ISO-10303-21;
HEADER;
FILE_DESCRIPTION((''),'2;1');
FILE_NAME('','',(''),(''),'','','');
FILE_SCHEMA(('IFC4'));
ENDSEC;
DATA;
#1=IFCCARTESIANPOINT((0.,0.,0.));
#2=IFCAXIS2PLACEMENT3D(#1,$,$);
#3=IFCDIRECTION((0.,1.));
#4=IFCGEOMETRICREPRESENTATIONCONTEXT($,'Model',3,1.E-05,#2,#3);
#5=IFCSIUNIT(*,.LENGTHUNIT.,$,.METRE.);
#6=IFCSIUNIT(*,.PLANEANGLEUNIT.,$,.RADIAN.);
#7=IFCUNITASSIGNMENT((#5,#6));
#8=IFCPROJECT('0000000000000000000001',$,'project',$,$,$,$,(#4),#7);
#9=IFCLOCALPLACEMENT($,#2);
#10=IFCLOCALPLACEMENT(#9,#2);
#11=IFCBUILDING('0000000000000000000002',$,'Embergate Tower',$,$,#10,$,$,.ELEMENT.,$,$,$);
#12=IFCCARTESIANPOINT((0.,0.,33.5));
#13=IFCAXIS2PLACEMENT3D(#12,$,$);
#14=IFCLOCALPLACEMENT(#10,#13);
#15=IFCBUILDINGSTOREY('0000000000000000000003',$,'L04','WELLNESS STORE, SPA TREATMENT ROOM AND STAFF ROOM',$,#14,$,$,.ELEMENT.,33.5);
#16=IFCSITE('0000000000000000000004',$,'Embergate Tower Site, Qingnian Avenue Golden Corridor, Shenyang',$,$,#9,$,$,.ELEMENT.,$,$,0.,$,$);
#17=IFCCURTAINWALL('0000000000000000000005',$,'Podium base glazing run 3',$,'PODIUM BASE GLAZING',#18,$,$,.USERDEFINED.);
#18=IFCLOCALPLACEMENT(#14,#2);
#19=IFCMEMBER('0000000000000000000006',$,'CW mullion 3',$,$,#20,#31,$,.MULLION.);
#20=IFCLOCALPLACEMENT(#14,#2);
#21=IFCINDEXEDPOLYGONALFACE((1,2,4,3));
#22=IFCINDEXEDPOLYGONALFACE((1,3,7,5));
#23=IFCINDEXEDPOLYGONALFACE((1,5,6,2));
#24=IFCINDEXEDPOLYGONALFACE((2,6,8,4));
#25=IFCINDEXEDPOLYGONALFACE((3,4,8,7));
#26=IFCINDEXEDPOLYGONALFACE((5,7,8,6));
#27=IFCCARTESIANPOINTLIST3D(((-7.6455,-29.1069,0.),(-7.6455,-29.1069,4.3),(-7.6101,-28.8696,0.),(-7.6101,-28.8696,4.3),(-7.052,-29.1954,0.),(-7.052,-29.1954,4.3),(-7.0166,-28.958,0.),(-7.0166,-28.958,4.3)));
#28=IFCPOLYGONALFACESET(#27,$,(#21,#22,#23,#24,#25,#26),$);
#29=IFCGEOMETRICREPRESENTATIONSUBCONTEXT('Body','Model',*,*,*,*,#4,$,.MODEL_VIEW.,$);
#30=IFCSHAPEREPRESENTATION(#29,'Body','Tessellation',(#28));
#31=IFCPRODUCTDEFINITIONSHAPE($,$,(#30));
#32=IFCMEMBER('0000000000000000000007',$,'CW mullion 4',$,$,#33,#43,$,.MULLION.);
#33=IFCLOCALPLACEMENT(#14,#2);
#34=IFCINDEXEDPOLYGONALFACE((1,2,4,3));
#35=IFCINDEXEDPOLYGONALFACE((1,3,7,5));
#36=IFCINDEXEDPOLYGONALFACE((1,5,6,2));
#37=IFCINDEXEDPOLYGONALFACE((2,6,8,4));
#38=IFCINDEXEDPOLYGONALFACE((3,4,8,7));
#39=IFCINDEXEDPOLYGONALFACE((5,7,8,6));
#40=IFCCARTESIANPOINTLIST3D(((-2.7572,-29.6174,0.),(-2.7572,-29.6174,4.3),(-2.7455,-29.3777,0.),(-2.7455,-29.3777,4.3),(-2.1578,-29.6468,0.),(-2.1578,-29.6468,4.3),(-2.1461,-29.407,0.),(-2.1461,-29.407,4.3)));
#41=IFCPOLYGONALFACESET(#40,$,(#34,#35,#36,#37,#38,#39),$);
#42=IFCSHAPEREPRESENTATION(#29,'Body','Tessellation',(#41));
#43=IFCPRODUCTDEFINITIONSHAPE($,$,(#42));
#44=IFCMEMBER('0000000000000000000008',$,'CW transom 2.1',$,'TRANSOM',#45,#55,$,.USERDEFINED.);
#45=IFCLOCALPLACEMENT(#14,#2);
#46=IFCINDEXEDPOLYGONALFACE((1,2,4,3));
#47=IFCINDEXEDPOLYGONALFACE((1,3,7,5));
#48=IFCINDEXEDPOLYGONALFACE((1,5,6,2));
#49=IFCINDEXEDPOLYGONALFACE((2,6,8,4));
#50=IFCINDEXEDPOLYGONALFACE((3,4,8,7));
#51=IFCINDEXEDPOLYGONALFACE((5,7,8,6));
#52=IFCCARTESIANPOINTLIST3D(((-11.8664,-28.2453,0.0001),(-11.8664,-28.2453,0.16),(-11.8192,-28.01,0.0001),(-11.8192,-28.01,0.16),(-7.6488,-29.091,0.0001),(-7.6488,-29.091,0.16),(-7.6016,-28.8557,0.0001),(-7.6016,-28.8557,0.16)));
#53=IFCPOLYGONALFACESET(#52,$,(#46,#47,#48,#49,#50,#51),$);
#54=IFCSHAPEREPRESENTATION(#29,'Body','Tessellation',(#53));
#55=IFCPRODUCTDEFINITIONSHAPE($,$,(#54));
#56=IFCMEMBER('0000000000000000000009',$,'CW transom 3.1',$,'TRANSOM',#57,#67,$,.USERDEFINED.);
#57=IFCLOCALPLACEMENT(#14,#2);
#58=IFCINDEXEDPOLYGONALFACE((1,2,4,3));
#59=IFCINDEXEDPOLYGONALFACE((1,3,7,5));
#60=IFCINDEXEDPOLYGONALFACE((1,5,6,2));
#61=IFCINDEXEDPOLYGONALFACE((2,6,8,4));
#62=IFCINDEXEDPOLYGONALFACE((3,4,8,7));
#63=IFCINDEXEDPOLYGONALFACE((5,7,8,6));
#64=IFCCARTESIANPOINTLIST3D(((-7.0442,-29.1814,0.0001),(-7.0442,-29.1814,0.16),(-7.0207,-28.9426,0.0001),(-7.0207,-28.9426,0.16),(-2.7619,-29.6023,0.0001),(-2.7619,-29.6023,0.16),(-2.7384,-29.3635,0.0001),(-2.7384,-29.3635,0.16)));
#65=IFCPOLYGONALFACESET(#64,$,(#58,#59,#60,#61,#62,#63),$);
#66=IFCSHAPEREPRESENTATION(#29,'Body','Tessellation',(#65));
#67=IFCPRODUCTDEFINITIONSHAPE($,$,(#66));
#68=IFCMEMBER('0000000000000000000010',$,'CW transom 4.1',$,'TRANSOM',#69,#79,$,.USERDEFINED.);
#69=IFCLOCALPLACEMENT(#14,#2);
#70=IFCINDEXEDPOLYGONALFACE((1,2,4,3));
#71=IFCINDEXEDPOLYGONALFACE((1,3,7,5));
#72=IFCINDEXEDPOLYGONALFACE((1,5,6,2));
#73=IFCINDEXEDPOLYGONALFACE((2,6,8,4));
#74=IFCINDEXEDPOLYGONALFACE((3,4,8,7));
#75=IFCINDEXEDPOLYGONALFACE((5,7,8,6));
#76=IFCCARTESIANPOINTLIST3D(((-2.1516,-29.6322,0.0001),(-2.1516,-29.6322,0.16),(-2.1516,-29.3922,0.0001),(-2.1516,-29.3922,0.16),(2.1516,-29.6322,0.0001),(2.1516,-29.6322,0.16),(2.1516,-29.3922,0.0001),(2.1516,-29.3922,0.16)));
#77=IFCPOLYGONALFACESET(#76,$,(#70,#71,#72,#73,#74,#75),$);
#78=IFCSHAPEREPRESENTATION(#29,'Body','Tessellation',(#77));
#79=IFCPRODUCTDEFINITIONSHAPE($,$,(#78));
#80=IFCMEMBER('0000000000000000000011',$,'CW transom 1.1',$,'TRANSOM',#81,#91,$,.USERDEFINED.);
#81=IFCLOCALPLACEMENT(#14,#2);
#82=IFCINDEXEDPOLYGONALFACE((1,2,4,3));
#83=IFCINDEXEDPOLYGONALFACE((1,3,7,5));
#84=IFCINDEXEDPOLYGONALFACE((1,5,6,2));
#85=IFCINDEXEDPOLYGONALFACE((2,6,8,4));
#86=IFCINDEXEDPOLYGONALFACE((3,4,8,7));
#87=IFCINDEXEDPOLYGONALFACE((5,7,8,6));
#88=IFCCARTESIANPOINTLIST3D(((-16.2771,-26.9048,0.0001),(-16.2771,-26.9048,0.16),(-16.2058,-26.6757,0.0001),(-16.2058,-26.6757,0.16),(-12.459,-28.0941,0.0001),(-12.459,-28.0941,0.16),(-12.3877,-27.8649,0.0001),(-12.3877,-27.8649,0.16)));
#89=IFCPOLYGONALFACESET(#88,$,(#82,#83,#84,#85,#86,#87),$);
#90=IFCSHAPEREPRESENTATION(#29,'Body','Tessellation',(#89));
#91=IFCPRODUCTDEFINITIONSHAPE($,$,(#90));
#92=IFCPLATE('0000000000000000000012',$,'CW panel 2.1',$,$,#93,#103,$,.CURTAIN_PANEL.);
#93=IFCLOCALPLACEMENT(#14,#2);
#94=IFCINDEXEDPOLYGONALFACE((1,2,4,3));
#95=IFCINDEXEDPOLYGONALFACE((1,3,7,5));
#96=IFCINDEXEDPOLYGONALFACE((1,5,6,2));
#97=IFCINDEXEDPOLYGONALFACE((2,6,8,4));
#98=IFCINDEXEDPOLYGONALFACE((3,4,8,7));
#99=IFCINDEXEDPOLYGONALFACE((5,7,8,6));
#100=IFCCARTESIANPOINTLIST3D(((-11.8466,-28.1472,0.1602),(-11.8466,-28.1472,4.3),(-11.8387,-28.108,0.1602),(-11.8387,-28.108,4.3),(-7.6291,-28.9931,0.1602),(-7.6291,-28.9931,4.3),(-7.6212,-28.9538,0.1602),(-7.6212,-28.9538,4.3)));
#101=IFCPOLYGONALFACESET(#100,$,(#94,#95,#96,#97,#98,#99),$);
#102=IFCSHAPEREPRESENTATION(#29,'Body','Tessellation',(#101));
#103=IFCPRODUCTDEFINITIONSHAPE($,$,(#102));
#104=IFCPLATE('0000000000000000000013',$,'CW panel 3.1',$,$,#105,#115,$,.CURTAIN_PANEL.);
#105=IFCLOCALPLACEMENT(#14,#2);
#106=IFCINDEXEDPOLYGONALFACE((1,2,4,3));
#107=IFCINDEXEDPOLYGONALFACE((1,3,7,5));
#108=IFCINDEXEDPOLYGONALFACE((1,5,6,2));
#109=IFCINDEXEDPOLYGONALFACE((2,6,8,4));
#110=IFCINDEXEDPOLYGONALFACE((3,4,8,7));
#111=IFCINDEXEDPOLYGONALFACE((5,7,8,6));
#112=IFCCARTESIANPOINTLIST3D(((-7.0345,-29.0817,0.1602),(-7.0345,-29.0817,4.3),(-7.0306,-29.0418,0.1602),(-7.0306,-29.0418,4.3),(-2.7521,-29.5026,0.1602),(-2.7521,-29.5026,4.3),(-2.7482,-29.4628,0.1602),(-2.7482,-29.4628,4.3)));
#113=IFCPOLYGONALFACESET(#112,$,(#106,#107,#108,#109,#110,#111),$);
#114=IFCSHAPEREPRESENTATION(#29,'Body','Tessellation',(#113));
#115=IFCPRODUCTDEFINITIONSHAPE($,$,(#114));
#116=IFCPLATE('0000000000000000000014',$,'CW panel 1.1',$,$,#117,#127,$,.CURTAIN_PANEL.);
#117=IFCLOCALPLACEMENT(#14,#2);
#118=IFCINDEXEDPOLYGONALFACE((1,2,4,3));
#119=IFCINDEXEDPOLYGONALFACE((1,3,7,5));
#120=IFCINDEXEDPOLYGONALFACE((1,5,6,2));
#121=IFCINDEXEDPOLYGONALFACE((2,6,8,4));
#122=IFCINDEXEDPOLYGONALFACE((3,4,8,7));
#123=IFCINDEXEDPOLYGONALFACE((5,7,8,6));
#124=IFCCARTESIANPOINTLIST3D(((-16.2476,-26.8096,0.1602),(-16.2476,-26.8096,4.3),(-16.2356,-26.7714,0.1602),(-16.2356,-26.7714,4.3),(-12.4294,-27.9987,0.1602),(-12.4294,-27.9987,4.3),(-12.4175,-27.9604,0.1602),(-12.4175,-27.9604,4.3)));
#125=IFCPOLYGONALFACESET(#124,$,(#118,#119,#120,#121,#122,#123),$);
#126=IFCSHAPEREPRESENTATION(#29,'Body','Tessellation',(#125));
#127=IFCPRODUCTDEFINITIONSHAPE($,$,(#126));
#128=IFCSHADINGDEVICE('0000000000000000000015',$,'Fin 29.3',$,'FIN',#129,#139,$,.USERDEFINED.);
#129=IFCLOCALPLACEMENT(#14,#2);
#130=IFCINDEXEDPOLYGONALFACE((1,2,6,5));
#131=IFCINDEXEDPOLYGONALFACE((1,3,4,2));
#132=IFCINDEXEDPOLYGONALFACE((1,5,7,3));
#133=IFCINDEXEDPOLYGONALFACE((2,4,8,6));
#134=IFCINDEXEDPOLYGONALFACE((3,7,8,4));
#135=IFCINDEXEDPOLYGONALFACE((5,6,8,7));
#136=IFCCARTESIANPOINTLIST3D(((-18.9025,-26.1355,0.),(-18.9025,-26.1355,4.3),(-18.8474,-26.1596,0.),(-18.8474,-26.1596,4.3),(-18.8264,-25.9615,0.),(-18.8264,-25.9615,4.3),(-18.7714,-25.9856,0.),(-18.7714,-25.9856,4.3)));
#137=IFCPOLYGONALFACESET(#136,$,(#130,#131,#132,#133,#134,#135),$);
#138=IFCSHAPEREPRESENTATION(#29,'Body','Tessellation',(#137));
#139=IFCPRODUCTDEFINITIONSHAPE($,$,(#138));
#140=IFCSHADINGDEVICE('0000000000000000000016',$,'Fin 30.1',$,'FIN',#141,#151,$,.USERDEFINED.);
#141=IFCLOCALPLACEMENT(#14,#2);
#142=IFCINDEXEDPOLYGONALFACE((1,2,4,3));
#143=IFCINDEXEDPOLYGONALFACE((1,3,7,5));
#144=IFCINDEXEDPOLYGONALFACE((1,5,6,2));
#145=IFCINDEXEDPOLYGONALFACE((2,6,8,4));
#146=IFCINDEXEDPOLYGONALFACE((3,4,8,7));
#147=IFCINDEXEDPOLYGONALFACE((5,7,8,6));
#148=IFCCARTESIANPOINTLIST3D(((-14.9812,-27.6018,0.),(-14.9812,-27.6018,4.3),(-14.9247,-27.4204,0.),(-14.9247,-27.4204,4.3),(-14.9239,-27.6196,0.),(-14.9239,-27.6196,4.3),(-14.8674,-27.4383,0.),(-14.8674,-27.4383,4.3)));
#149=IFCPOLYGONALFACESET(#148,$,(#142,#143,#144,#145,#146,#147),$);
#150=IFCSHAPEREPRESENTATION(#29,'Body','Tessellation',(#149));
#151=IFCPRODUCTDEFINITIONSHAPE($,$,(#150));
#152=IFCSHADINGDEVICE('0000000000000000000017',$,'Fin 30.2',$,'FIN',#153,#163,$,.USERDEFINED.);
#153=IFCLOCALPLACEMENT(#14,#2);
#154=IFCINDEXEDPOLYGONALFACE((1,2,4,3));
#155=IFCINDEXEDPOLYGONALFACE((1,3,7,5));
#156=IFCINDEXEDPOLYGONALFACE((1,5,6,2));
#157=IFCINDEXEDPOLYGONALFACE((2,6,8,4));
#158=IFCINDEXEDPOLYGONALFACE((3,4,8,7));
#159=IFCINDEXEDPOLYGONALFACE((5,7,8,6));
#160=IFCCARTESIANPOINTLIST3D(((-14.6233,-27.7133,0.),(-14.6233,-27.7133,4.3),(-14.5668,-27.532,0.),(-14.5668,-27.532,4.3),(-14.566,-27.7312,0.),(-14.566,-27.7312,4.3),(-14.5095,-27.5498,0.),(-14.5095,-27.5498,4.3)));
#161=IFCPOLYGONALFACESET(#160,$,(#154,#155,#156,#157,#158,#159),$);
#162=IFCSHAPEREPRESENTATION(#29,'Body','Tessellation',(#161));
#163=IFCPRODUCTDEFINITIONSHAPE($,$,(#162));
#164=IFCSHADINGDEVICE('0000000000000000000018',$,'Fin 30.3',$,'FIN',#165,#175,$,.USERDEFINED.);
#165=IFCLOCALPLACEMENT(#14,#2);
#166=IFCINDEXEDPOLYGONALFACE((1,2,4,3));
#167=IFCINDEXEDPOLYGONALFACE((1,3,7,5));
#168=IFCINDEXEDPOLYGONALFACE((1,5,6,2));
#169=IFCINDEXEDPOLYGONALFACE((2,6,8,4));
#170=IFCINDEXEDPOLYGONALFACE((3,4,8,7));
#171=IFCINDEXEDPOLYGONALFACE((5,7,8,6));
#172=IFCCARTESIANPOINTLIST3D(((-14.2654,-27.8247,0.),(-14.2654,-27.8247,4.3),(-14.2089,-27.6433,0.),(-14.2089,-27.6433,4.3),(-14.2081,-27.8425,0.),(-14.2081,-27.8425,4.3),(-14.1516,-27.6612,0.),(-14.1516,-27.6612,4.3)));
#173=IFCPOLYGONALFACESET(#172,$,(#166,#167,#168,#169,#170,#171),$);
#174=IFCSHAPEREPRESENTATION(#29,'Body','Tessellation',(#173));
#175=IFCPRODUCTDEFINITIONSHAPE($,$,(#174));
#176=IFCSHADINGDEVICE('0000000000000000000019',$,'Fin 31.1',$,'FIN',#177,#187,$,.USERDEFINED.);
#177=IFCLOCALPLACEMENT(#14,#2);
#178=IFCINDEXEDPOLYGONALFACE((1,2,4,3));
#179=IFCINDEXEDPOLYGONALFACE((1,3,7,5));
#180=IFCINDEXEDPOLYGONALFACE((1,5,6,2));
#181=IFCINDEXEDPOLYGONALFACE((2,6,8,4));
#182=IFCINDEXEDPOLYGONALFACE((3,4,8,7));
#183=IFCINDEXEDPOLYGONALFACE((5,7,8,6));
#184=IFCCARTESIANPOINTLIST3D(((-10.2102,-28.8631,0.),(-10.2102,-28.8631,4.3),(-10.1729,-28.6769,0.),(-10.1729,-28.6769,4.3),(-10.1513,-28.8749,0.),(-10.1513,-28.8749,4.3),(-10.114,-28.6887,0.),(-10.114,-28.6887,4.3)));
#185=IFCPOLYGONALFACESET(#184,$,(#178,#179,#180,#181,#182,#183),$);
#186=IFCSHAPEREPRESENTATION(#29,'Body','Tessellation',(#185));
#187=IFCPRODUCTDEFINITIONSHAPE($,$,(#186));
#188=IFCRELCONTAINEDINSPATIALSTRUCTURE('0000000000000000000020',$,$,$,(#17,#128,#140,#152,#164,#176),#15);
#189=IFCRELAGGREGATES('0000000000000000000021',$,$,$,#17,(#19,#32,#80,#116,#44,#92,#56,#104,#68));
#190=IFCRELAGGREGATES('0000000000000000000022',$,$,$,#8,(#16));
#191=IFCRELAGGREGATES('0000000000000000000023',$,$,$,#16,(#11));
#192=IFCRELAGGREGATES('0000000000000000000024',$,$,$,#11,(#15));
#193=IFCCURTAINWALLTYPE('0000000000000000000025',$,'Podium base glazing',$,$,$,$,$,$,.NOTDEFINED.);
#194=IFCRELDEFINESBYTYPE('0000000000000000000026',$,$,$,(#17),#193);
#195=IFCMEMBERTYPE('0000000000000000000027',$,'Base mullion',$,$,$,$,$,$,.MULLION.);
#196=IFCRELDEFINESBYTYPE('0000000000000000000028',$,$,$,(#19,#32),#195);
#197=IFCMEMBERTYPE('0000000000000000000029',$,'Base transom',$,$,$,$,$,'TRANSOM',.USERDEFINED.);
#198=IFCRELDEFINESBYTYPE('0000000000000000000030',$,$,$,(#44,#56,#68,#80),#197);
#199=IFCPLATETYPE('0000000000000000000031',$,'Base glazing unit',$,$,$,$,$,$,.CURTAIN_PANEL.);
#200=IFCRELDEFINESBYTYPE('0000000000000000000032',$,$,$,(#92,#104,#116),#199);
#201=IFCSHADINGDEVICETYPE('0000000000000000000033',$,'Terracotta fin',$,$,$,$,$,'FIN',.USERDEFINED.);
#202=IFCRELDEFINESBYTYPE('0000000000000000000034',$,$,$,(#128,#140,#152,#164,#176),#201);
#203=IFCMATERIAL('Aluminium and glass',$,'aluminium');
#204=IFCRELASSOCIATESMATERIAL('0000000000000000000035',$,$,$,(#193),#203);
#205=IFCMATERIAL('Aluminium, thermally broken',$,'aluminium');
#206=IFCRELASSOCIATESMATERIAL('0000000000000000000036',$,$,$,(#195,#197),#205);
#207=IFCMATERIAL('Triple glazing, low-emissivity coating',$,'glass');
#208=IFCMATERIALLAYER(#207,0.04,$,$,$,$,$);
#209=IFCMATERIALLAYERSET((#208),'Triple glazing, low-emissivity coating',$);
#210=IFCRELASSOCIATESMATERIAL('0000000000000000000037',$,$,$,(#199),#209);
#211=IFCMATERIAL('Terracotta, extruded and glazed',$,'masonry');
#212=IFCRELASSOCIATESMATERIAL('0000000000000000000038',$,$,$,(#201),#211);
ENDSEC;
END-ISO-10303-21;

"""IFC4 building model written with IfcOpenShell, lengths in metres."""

from ifc_helpers import new_model, si_unit, direction, frame, origin, origin_2d, place, context, subcontext, project, spatial, rectangle, extrude, source, transform, mapped, material, layer, layer_set, material_profile, profile_set, type_object, element, aggregate, save


model = new_model("IFC4")

# Units and contexts
model_context = context("Model", 3, precision=1e-05, world=origin(), true_north=direction((0.0, 1.0)))
body_context = subcontext(model_context, "Body", "Model", "MODEL_VIEW")
ifc_project = project(units=[si_unit("LENGTHUNIT", "METRE"), si_unit("PLANEANGLEUNIT", "RADIAN")], contexts=[model_context])

# Site, building, storey
site_placement = place(None, origin())
site = spatial("IfcSite", under=ifc_project, at=site_placement, Name="Embergate Tower Site, Qingnian Avenue Golden Corridor, Shenyang", CompositionType="ELEMENT", RefElevation=0.0)
building_placement = place(site_placement, origin())
building = spatial("IfcBuilding", under=site, at=building_placement, Name="Embergate Tower", CompositionType="ELEMENT")
storey_placement = place(building_placement, frame((0.0, 0.0, 33.5)))
storey = spatial("IfcBuildingStorey", under=building, at=storey_placement, Name="L04", Description="WELLNESS STORE, SPA TREATMENT ROOM AND STAFF ROOM", CompositionType="ELEMENT", Elevation=33.5)

# Shared definitions
ifc_material_1 = material(Name="Aluminium and glass", Category="aluminium")
curtain_wall_type = type_object("IfcCurtainWallType", Name="Podium base glazing", PredefinedType="NOTDEFINED", material=ifc_material_1)
ifc_material_2 = material(Name="Aluminium, thermally broken", Category="aluminium")
ifc_material_profile_1 = material_profile(ifc_material_2, rectangle(XDim=0.24, YDim=0.6001, at=origin_2d()), Name="AL 600x240")
ifc_profile_set_1 = profile_set([ifc_material_profile_1], Name="Aluminium, thermally broken")
member_type_1 = type_object("IfcMemberType", Name="Base mullion", PredefinedType="MULLION", material=ifc_profile_set_1)
shared_shape_1 = source(origin(), body_context, "Body", "SweptSolid", [
    extrude(rectangle(XDim=0.24, YDim=0.6001, at=origin_2d()), origin(), (0.0, 0.0, 1.0), 4.3),
])

# Curtain wall, members
curtain_wall_1_placement = place(storey_placement, origin())
curtain_wall_1 = element("IfcCurtainWall", 1, at=curtain_wall_1_placement, inside=storey, type_object=curtain_wall_type, Name="Podium base glazing run 3", ObjectType="PODIUM BASE GLAZING", PredefinedType="USERDEFINED")
member_1_placement = place(storey_placement, frame((-7.3311, -29.0325, 0.0), z_axis=(0.0, 0.0, 1.0), x_axis=(0.147411, 0.989075, 0.0)))
member_1 = element("IfcMember", 2, at=member_1_placement, type_object=member_type_1, Name="CW mullion 3", PredefinedType="MULLION", context=body_context, shape_type="MappedRepresentation", body=[
    mapped(shared_shape_1, transform((0.0, 0.0, 0.0))),
])
member_2_placement = place(storey_placement, frame((-2.4517, -29.5122, 0.0), z_axis=(0.0, 0.0, 1.0), x_axis=(0.04897, 0.9988, 0.0)))
member_2 = element("IfcMember", 3, at=member_2_placement, type_object=member_type_1, Name="CW mullion 4", PredefinedType="MULLION", context=body_context, shape_type="MappedRepresentation", body=[
    mapped(shared_shape_1, transform((0.0, 0.0, 0.0))),
])
ifc_material_profile_2 = material_profile(ifc_material_2, rectangle(XDim=0.24, YDim=0.1599, at=origin_2d()), Name="AL 160x240")
ifc_profile_set_2 = profile_set([ifc_material_profile_2], Name="Aluminium, thermally broken")
member_type_2 = type_object("IfcMemberType", Name="Base transom", ElementType="TRANSOM", PredefinedType="USERDEFINED", material=ifc_profile_set_2)
shared_shape_2 = source(origin(), body_context, "Body", "SweptSolid", [
    extrude(rectangle(XDim=0.24, YDim=0.1599, at=origin_2d()), origin(), (0.0, 0.0, 1.0), 4.3015),
])
member_3_placement = place(storey_placement, frame((-11.8428, -28.1277, 0.0801), z_axis=(0.980482, -0.196607, 0.0), x_axis=(0.196607, 0.980482, 0.0)))
member_3 = element("IfcMember", 4, at=member_3_placement, type_object=member_type_2, Name="CW transom 2.1", ObjectType="TRANSOM", PredefinedType="USERDEFINED", context=body_context, shape_type="MappedRepresentation", body=[
    mapped(shared_shape_2, transform((0.0, 0.0, 0.0))),
])
shared_shape_3 = source(origin(), body_context, "Body", "SweptSolid", [
    extrude(rectangle(XDim=0.24, YDim=0.1599, at=origin_2d()), origin(), (0.0, 0.0, 1.0), 4.303),
])
member_4_placement = place(storey_placement, frame((-7.0325, -29.062, 0.0801), z_axis=(0.995204, -0.097818, 0.0), x_axis=(0.097818, 0.995204, 0.0)))
member_4 = element("IfcMember", 5, at=member_4_placement, type_object=member_type_2, Name="CW transom 3.1", ObjectType="TRANSOM", PredefinedType="USERDEFINED", context=body_context, shape_type="MappedRepresentation", body=[
    mapped(shared_shape_3, transform((0.0, 0.0, 0.0))),
])
shared_shape_4 = source(origin(), body_context, "Body", "SweptSolid", [
    extrude(rectangle(XDim=0.24, YDim=0.1599, at=origin_2d()), origin(), (0.0, 0.0, 1.0), 4.3032),
])
member_5_placement = place(storey_placement, frame((-2.1516, -29.5122, 0.0801), z_axis=(1.0, 0.0, 0.0), x_axis=(0.0, 1.0, 0.0)))
member_5 = element("IfcMember", 6, at=member_5_placement, type_object=member_type_2, Name="CW transom 4.1", ObjectType="TRANSOM", PredefinedType="USERDEFINED", context=body_context, shape_type="MappedRepresentation", body=[
    mapped(shared_shape_4, transform((0.0, 0.0, 0.0))),
])
shared_shape_5 = source(origin(), body_context, "Body", "SweptSolid", [
    extrude(rectangle(XDim=0.24, YDim=0.1599, at=origin_2d()), origin(), (0.0, 0.0, 1.0), 3.999),
])
member_6_placement = place(storey_placement, frame((-16.2415, -26.7903, 0.0801), z_axis=(0.954761, -0.297375, 0.0), x_axis=(0.297375, 0.954761, 0.0)))
member_6 = element("IfcMember", 7, at=member_6_placement, type_object=member_type_2, Name="CW transom 1.1", ObjectType="TRANSOM", PredefinedType="USERDEFINED", context=body_context, shape_type="MappedRepresentation", body=[
    mapped(shared_shape_5, transform((0.0, 0.0, 0.0))),
])

# Plates
ifc_material_3 = material(Name="Triple glazing, low-emissivity coating", Category="glass")
ifc_layer_1 = layer(ifc_material_3, 0.04)
ifc_layer_set_1 = layer_set([ifc_layer_1], Name="Triple glazing, low-emissivity coating")
plate_type = type_object("IfcPlateType", Name="Base glazing unit", PredefinedType="CURTAIN_PANEL", material=ifc_layer_set_1)
shared_shape_6 = source(origin(), body_context, "Body", "SweptSolid", [
    extrude(rectangle(XDim=4.3015, YDim=0.04, at=origin_2d()), origin(), (0.0, 0.0, 1.0), 4.1399),
])
plate_1_placement = place(storey_placement, frame((-9.7339, -28.5505, 0.1602), z_axis=(0.0, 0.0, 1.0), x_axis=(0.980476, -0.196638, 0.0)))
plate_1 = element("IfcPlate", 8, at=plate_1_placement, type_object=plate_type, Name="CW panel 2.1", PredefinedType="CURTAIN_PANEL", context=body_context, shape_type="MappedRepresentation", body=[
    mapped(shared_shape_6, transform((0.0, 0.0, 0.0))),
])
shared_shape_7 = source(origin(), body_context, "Body", "SweptSolid", [
    extrude(rectangle(XDim=4.303, YDim=0.04, at=origin_2d()), origin(), (0.0, 0.0, 1.0), 4.1399),
])
plate_2_placement = place(storey_placement, frame((-4.8914, -29.2722, 0.1602), z_axis=(0.0, 0.0, 1.0), x_axis=(0.995203, -0.097828, 0.0)))
plate_2 = element("IfcPlate", 9, at=plate_2_placement, type_object=plate_type, Name="CW panel 3.1", PredefinedType="CURTAIN_PANEL", context=body_context, shape_type="MappedRepresentation", body=[
    mapped(shared_shape_7, transform((0.0, 0.0, 0.0))),
])
shared_shape_8 = source(origin(), body_context, "Body", "SweptSolid", [
    extrude(rectangle(XDim=3.999, YDim=0.04, at=origin_2d()), origin(), (0.0, 0.0, 1.0), 4.1399),
])
plate_3_placement = place(storey_placement, frame((-14.3325, -27.385, 0.1602), z_axis=(0.0, 0.0, 1.0), x_axis=(0.954773, -0.297337, 0.0)))
plate_3 = element("IfcPlate", 10, at=plate_3_placement, type_object=plate_type, Name="CW panel 1.1", PredefinedType="CURTAIN_PANEL", context=body_context, shape_type="MappedRepresentation", body=[
    mapped(shared_shape_8, transform((0.0, 0.0, 0.0))),
])
aggregate(curtain_wall_1, [member_1, member_2, member_6, plate_3, member_3, plate_1, member_4, plate_2, member_5])

# Shading devices
ifc_material_4 = material(Name="Terracotta, extruded and glazed", Category="masonry")
ifc_material_profile_3 = material_profile(ifc_material_4, rectangle(XDim=0.1899, YDim=0.0601, at=origin_2d()), Name="TC 190x60")
ifc_profile_set_3 = profile_set([ifc_material_profile_3], Name="Terracotta, extruded and glazed")
shading_device_type = type_object("IfcShadingDeviceType", Name="Terracotta fin", ElementType="FIN", PredefinedType="USERDEFINED", material=ifc_profile_set_3)
shared_shape_9 = source(origin(), body_context, "Body", "SweptSolid", [
    extrude(rectangle(XDim=0.1899, YDim=0.0601, at=origin_2d()), origin(), (0.0, 0.0, 1.0), 4.3),
])
for number, where, z_axis, x_axis, name in (
    (11, (-18.8369, -26.0605, 0.0), (0.0, 0.0, 1.0), (0.400637, 0.916237, 0.0), "Fin 29.3"),
    (12, (-14.9243, -27.52, 0.0), (0.0, 0.0, 1.0), (0.297337, 0.954773, 0.0), "Fin 30.1"),
    (13, (-14.5664, -27.6316, 0.0), (0.0, 0.0, 1.0), (0.297337, 0.954773, 0.0), "Fin 30.2"),
    (14, (-14.2085, -27.7429, 0.0), (0.0, 0.0, 1.0), (0.297337, 0.954773, 0.0), "Fin 30.3"),
    (15, (-10.1621, -28.7759, 0.0), (0.0, 0.0, 1.0), (0.196638, 0.980476, 0.0), "Fin 31.1"),
):
    element("IfcShadingDevice", number, at=place(storey_placement, frame(where, z_axis=z_axis, x_axis=x_axis)), inside=storey, type_object=shading_device_type, Name=name, ObjectType="FIN", PredefinedType="USERDEFINED", context=body_context, shape_type="MappedRepresentation", body=[
        mapped(shared_shape_9, transform((0.0, 0.0, 0.0))),
    ])

save(model, "model.ifc")
